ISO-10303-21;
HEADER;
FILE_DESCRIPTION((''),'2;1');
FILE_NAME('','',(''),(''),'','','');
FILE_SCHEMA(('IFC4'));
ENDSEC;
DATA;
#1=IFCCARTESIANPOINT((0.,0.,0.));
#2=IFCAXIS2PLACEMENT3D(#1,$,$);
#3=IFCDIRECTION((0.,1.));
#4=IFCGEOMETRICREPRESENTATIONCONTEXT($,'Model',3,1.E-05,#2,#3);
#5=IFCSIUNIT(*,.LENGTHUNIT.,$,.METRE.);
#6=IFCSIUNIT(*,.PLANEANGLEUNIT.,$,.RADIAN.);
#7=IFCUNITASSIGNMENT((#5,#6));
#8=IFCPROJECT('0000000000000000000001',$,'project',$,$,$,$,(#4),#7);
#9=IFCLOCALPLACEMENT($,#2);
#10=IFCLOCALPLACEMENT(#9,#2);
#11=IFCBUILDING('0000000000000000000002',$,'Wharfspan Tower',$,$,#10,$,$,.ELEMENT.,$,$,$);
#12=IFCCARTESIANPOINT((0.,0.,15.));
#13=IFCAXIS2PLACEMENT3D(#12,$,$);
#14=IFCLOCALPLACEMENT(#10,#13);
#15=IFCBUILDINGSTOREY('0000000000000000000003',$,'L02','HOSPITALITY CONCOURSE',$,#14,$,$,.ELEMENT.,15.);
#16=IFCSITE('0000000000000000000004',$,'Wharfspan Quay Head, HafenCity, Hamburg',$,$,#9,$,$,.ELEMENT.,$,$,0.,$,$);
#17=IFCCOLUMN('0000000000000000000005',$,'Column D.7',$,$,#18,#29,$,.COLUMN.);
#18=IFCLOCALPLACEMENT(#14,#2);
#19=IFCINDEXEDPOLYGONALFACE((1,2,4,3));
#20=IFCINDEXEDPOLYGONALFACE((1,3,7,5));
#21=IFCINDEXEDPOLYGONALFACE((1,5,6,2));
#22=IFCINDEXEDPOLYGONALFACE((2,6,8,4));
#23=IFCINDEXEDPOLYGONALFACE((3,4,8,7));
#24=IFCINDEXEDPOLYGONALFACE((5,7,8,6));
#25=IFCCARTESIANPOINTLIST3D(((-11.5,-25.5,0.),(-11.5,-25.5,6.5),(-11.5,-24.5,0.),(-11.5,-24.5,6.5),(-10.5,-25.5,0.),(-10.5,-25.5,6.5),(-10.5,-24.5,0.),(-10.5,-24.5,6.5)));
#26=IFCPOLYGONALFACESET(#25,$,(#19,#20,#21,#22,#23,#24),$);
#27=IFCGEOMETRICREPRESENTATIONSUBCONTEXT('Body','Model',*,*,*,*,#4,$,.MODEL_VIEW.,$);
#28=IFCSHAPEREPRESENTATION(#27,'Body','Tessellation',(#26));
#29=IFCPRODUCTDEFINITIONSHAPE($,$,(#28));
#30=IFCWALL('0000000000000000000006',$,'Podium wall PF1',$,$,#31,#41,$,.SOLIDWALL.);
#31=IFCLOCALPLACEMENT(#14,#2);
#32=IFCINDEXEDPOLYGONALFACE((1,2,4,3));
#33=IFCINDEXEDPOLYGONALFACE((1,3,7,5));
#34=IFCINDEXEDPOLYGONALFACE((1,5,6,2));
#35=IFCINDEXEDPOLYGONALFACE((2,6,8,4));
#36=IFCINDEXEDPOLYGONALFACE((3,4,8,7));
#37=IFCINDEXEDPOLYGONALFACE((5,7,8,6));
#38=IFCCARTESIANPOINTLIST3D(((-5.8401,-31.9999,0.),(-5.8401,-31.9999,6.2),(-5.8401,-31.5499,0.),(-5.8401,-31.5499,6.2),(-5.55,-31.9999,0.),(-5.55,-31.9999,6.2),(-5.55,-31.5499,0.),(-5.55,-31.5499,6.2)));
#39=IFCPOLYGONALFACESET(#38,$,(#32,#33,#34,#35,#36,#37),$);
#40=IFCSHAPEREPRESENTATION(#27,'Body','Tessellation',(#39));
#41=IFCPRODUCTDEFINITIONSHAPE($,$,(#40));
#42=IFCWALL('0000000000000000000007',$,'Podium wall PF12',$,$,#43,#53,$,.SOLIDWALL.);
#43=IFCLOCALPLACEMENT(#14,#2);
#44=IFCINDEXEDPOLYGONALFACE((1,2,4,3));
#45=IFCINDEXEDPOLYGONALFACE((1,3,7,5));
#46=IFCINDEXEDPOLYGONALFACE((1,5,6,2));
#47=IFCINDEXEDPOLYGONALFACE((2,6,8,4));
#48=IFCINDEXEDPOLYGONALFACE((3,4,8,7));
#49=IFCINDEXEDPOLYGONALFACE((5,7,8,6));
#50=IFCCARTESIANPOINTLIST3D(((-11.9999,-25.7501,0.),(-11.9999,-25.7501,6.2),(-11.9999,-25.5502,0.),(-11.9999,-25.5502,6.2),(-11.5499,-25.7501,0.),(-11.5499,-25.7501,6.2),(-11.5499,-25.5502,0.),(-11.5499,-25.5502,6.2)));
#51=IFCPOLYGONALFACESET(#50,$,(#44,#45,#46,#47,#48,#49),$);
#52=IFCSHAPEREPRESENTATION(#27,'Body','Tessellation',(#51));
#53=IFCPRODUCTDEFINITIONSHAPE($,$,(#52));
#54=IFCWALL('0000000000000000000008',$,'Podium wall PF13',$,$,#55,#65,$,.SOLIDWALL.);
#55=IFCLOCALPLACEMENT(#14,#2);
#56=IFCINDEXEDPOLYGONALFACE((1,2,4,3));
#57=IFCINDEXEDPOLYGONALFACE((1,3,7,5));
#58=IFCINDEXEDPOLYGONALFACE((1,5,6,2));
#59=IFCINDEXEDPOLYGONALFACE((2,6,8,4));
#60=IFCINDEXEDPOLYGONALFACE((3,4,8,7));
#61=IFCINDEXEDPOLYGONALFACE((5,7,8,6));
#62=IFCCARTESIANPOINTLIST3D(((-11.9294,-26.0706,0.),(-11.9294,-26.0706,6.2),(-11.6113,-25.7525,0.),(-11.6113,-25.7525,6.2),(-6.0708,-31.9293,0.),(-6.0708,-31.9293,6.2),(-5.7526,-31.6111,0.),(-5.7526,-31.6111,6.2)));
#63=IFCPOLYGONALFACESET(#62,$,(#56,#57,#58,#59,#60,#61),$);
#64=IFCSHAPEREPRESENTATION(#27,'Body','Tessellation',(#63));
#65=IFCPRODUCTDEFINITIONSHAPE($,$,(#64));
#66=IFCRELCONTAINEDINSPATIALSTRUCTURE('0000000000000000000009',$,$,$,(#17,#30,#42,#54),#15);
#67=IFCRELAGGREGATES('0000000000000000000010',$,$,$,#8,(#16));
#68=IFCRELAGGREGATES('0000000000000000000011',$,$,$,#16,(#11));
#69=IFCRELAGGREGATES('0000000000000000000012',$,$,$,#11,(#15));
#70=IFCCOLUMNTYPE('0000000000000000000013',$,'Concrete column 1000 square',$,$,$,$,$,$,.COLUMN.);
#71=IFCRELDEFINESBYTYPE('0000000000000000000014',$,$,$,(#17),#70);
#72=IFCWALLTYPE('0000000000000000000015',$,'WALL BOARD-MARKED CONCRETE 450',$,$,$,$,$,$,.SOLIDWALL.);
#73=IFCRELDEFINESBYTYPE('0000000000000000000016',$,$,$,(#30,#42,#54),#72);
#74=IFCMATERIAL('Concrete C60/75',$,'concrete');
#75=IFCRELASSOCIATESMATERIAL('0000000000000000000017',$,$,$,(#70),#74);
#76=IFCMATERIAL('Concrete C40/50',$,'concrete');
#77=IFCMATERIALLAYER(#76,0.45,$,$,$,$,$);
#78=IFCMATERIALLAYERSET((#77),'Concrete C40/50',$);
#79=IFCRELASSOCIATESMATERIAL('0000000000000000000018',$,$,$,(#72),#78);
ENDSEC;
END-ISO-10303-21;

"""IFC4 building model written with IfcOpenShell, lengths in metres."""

from ifc_helpers import new_model, si_unit, direction, frame, frame_2d, origin, origin_2d, place, context, subcontext, project, spatial, rectangle, extrude, material, layer, layer_set, material_profile, profile_set, type_object, element, save


model = new_model("IFC4")

# Units and contexts
model_context = context("Model", 3, precision=1e-05, world=origin(), true_north=direction((0.0, 1.0)))
body_context = subcontext(model_context, "Body", "Model", "MODEL_VIEW")
ifc_project = project(units=[si_unit("LENGTHUNIT", "METRE"), si_unit("PLANEANGLEUNIT", "RADIAN")], contexts=[model_context])

# Site, building, storey
site_placement = place(None, origin())
site = spatial("IfcSite", under=ifc_project, at=site_placement, Name="Wharfspan Quay Head, HafenCity, Hamburg", CompositionType="ELEMENT", RefElevation=0.0)
building_placement = place(site_placement, origin())
building = spatial("IfcBuilding", under=site, at=building_placement, Name="Wharfspan Tower", CompositionType="ELEMENT")
storey_placement = place(building_placement, frame((0.0, 0.0, 15.0)))
storey = spatial("IfcBuildingStorey", under=building, at=storey_placement, Name="L02", Description="HOSPITALITY CONCOURSE", CompositionType="ELEMENT", Elevation=15.0)

# Column
ifc_material_1 = material(Name="Concrete C60/75", Category="concrete")
ifc_material_profile = material_profile(ifc_material_1, rectangle(XDim=1.0, YDim=1.0, at=origin_2d()))
ifc_profile_set = profile_set([ifc_material_profile], Name="Concrete C60/75")
column_type = type_object("IfcColumnType", Name="Concrete column 1000 square", PredefinedType="COLUMN", material=ifc_profile_set)
column_placement = place(storey_placement, frame((-11.0, -25.0, 0.0), z_axis=(0.0, 0.0, 1.0), x_axis=(1.0, 0.0, 0.0)))
element("IfcColumn", 1, at=column_placement, inside=storey, type_object=column_type, Name="Column D.7", PredefinedType="COLUMN", context=body_context, shape_type="SweptSolid", body=[
    extrude(rectangle(XDim=1.0, YDim=1.0, at=origin_2d()), origin(), (0.0, 0.0, 1.0), 6.5),
])

# Walls
ifc_material_2 = material(Name="Concrete C40/50", Category="concrete")
ifc_layer = layer(ifc_material_2, 0.45)
ifc_layer_set = layer_set([ifc_layer], Name="Concrete C40/50")
wall_type = type_object("IfcWallType", Name="WALL BOARD-MARKED CONCRETE 450", PredefinedType="SOLIDWALL", material=ifc_layer_set)
wall_1_placement = place(storey_placement, frame((-5.8401, -31.7749, 0.0), z_axis=(0.0, 0.0, 1.0), x_axis=(1.0, 0.0, 0.0)))
element("IfcWall", 2, at=wall_1_placement, inside=storey, type_object=wall_type, Name="Podium wall PF1", PredefinedType="SOLIDWALL", context=body_context, shape_type="SweptSolid", body=[
    extrude(rectangle(XDim=0.29, YDim=0.45, at=frame_2d((0.145, 0.0))), origin(), (0.0, 0.0, 1.0), 6.2),
])
wall_2_placement = place(storey_placement, frame((-11.7749, -25.55, 0.0), z_axis=(0.0, 0.0, 1.0), x_axis=(0.0, -1.0, 0.0)))
element("IfcWall", 3, at=wall_2_placement, inside=storey, type_object=wall_type, Name="Podium wall PF12", PredefinedType="SOLIDWALL", context=body_context, shape_type="SweptSolid", body=[
    extrude(rectangle(XDim=0.2, YDim=0.45, at=frame_2d((0.1001, 0.0))), origin(), (0.0, 0.0, 1.0), 6.2),
])
wall_3_placement = place(storey_placement, frame((-11.7703, -25.9116, 0.0), z_axis=(0.0, 0.0, 1.0), x_axis=(0.707107, -0.707107, 0.0)))
element("IfcWall", 4, at=wall_3_placement, inside=storey, type_object=wall_type, Name="Podium wall PF13", PredefinedType="SOLIDWALL", context=body_context, shape_type="SweptSolid", body=[
    extrude(rectangle(XDim=8.2854, YDim=0.45, at=frame_2d((4.1426, 0.0))), origin(), (0.0, 0.0, 1.0), 6.2),
])

save(model, "model.ifc")
